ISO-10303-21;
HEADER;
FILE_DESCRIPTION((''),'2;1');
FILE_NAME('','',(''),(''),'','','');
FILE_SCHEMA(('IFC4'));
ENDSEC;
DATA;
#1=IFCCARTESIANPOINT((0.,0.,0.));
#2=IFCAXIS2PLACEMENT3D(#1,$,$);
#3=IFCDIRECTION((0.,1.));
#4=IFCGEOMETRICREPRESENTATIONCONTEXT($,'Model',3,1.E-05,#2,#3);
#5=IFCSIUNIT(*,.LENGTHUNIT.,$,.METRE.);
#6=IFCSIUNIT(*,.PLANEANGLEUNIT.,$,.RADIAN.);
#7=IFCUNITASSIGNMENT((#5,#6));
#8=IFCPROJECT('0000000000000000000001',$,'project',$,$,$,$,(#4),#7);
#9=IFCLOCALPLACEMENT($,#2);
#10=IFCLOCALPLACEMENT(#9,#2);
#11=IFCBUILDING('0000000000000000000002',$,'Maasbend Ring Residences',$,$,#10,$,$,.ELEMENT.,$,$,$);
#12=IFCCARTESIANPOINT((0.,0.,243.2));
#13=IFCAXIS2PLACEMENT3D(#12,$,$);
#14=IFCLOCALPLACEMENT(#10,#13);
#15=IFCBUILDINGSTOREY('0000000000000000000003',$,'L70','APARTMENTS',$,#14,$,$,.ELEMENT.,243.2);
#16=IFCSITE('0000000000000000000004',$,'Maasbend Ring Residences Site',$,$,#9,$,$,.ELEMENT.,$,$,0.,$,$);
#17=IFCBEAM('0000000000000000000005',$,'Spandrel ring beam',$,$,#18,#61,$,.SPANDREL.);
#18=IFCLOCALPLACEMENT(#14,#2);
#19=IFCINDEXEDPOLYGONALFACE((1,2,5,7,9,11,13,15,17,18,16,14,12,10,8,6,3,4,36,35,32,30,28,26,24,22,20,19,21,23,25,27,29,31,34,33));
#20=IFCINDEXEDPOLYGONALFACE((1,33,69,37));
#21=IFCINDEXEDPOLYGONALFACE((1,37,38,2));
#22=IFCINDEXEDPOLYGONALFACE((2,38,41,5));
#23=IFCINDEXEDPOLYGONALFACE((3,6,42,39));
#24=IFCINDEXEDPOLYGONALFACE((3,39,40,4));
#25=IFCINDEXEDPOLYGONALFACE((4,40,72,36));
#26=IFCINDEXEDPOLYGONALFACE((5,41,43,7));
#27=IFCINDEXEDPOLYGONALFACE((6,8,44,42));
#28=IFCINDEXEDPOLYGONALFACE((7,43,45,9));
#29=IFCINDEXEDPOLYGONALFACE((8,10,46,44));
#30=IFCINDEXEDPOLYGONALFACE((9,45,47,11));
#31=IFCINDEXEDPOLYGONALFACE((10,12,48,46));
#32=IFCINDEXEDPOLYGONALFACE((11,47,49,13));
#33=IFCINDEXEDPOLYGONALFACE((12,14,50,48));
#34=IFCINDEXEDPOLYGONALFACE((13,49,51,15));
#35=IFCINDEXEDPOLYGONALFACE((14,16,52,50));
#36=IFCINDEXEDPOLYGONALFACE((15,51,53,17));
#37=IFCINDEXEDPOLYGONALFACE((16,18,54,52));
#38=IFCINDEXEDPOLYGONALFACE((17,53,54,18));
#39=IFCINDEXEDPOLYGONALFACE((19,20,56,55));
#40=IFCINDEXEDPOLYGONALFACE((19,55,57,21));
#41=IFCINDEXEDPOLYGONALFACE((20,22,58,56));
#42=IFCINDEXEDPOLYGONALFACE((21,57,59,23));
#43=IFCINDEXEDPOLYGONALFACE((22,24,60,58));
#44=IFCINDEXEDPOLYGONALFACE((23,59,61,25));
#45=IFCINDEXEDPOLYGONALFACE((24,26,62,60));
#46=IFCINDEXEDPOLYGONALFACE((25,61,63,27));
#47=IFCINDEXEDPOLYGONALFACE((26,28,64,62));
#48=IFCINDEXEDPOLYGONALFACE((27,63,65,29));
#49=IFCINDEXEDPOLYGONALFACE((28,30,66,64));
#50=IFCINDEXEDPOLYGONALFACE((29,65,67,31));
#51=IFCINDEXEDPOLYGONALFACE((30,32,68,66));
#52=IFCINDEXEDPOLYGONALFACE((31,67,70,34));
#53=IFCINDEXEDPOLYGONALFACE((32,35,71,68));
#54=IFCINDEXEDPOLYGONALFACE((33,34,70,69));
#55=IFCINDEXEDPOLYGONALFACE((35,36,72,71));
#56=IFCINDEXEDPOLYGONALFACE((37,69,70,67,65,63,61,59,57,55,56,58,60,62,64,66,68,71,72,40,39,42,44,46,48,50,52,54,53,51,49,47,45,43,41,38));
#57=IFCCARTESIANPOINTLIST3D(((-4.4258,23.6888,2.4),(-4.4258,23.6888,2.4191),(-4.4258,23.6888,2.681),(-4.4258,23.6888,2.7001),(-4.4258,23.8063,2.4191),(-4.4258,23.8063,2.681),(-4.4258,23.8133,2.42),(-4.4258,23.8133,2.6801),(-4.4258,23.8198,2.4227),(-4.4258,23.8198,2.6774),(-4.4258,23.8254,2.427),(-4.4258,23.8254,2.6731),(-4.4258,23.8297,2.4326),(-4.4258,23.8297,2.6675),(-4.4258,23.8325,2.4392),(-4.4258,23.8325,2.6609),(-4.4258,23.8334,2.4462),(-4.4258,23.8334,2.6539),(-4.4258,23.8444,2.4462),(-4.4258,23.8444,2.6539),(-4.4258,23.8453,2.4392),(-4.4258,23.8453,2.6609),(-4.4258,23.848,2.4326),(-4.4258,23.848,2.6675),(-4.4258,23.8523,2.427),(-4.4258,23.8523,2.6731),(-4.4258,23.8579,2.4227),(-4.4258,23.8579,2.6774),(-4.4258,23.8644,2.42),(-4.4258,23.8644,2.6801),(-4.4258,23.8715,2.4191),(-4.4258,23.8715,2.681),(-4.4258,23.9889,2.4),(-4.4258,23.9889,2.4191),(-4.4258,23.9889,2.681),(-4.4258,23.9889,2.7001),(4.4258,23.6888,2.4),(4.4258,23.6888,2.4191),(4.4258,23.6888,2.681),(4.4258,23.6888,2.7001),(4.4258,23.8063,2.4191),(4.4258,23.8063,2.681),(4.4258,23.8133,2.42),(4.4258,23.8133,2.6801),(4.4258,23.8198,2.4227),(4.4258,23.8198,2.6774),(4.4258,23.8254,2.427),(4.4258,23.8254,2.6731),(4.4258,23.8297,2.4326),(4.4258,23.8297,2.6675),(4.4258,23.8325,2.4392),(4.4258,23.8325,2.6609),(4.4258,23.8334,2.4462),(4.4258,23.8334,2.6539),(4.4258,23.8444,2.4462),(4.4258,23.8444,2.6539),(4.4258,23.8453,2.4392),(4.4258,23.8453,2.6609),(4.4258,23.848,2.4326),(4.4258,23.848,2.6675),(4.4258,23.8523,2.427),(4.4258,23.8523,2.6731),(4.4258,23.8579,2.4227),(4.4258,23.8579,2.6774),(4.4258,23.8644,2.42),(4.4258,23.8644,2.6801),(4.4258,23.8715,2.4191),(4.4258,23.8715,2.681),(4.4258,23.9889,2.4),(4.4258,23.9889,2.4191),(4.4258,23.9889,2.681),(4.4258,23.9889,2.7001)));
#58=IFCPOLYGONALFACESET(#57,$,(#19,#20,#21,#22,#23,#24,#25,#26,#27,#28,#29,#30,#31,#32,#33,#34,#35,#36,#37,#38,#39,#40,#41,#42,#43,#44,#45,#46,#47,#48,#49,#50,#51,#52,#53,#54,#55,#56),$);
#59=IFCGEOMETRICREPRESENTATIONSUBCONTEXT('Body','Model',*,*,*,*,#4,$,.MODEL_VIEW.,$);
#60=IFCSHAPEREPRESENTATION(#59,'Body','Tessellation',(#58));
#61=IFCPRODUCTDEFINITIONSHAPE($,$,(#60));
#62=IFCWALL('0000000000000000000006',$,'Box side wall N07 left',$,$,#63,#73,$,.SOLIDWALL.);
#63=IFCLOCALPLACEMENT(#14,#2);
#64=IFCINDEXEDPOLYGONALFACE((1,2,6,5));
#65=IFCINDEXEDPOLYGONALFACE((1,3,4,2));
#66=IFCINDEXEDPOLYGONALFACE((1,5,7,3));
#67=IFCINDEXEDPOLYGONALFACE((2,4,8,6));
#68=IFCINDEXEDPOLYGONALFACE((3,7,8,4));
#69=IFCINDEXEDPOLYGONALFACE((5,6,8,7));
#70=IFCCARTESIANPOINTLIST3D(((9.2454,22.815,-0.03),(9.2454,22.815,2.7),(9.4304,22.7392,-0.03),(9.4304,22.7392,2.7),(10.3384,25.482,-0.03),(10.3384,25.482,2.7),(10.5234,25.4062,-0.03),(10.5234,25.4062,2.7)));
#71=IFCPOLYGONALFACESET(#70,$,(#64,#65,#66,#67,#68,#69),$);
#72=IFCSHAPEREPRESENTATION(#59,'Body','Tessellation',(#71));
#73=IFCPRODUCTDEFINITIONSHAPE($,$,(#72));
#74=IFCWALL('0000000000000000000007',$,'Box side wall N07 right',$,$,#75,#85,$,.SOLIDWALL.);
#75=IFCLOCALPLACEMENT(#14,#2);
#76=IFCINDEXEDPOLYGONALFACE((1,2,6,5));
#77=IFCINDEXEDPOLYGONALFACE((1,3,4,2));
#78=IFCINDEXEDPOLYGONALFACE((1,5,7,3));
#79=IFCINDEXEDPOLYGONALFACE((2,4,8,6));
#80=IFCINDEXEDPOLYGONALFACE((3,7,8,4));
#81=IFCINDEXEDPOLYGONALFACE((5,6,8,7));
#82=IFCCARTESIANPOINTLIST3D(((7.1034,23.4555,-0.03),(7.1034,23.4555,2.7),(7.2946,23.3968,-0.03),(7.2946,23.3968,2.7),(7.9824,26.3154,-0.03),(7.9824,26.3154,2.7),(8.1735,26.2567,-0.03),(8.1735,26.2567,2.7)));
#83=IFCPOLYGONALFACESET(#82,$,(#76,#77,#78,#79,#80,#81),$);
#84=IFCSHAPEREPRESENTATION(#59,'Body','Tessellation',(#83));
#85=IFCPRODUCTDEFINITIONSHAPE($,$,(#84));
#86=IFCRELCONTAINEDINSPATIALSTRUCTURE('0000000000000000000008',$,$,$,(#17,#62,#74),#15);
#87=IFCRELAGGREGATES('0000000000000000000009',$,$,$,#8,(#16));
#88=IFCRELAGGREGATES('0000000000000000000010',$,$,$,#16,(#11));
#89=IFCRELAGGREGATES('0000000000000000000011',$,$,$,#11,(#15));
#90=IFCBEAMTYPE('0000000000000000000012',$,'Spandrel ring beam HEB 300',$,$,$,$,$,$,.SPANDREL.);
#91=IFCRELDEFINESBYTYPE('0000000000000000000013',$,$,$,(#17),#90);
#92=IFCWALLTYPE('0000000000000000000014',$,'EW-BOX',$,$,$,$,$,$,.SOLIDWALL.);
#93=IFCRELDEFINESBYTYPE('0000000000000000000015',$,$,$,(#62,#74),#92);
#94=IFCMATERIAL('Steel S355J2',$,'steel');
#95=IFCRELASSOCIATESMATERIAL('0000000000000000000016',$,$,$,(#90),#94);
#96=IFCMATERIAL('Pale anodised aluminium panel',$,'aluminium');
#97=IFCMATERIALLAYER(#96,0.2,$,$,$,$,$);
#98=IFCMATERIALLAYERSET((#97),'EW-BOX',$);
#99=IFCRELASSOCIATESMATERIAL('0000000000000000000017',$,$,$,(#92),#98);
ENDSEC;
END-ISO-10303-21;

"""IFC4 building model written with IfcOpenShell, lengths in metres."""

from ifc_helpers import new_model, si_unit, direction, frame, frame_2d, origin, origin_2d, place, context, subcontext, project, spatial, rectangle, i_section, extrude, material, layer, layer_set, material_profile, profile_set, type_object, element, save


model = new_model("IFC4")

# Units and contexts
model_context = context("Model", 3, precision=1e-05, world=origin(), true_north=direction((0.0, 1.0)))
body_context = subcontext(model_context, "Body", "Model", "MODEL_VIEW")
ifc_project = project(units=[si_unit("LENGTHUNIT", "METRE"), si_unit("PLANEANGLEUNIT", "RADIAN")], contexts=[model_context])

# Site, building, storey
site_placement = place(None, origin())
site = spatial("IfcSite", under=ifc_project, at=site_placement, Name="Maasbend Ring Residences Site", CompositionType="ELEMENT", RefElevation=0.0)
building_placement = place(site_placement, origin())
building = spatial("IfcBuilding", under=site, at=building_placement, Name="Maasbend Ring Residences", CompositionType="ELEMENT")
storey_placement = place(building_placement, frame((0.0, 0.0, 243.2)))
storey = spatial("IfcBuildingStorey", under=building, at=storey_placement, Name="L70", Description="APARTMENTS", CompositionType="ELEMENT", Elevation=243.2)

# Beam
ifc_material_1 = material(Name="Steel S355J2", Category="steel")
ifc_material_profile_1 = material_profile(ifc_material_1, i_section(OverallWidth=0.3, OverallDepth=0.3, WebThickness=0.011, FlangeThickness=0.019, FilletRadius=0.0271, at=origin_2d()), Name="HEB 300")
ifc_profile_set_1 = profile_set([ifc_material_profile_1], Name="Steel S355J2")
beam_type = type_object("IfcBeamType", Name="Spandrel ring beam HEB 300", PredefinedType="SPANDREL", material=ifc_profile_set_1)
beam_placement = place(storey_placement, frame((4.4258, 23.8389, 2.55), z_axis=(-1.0, 0.0, 0.0), x_axis=(0.0, -1.0, 0.0)))
element("IfcBeam", 1, at=beam_placement, inside=storey, type_object=beam_type, Name="Spandrel ring beam", PredefinedType="SPANDREL", context=body_context, shape_type="SweptSolid", body=[
    extrude(i_section(OverallWidth=0.3, OverallDepth=0.3, WebThickness=0.011, FlangeThickness=0.019, FilletRadius=0.0271, at=origin_2d()), origin(), (0.0, 0.0, 1.0), 8.8516),
])

# Walls
ifc_material_2 = material(Name="Pale anodised aluminium panel", Category="aluminium")
ifc_layer_1 = layer(ifc_material_2, 0.2)
ifc_layer_set_1 = layer_set([ifc_layer_1], Name="EW-BOX")
wall_type_1 = type_object("IfcWallType", Name="EW-BOX", PredefinedType="SOLIDWALL", material=ifc_layer_set_1)
wall_1_placement = place(storey_placement, frame((9.3379, 22.7771, -0.03), z_axis=(0.0, 0.0, 1.0), x_axis=(0.37922, 0.925307, 0.0)))
element("IfcWall", 2, at=wall_1_placement, inside=storey, type_object=wall_type_1, Name="Box side wall N07 left", PredefinedType="SOLIDWALL", context=body_context, shape_type="SweptSolid", body=[
    extrude(rectangle(XDim=2.8823, YDim=0.2, at=frame_2d((1.4412, 0.0))), origin(), (0.0, 0.0, 1.0), 2.73),
])
wall_2_placement = place(storey_placement, frame((7.199, 23.426, -0.03), z_axis=(0.0, 0.0, 1.0), x_axis=(0.293765, 0.955878, 0.0)))
element("IfcWall", 3, at=wall_2_placement, inside=storey, type_object=wall_type_1, Name="Box side wall N07 right", PredefinedType="SOLIDWALL", context=body_context, shape_type="SweptSolid", body=[
    extrude(rectangle(XDim=2.9919, YDim=0.2, at=frame_2d((1.4961, 0.0))), origin(), (0.0, 0.0, 1.0), 2.73),
])

save(model, "model.ifc")
